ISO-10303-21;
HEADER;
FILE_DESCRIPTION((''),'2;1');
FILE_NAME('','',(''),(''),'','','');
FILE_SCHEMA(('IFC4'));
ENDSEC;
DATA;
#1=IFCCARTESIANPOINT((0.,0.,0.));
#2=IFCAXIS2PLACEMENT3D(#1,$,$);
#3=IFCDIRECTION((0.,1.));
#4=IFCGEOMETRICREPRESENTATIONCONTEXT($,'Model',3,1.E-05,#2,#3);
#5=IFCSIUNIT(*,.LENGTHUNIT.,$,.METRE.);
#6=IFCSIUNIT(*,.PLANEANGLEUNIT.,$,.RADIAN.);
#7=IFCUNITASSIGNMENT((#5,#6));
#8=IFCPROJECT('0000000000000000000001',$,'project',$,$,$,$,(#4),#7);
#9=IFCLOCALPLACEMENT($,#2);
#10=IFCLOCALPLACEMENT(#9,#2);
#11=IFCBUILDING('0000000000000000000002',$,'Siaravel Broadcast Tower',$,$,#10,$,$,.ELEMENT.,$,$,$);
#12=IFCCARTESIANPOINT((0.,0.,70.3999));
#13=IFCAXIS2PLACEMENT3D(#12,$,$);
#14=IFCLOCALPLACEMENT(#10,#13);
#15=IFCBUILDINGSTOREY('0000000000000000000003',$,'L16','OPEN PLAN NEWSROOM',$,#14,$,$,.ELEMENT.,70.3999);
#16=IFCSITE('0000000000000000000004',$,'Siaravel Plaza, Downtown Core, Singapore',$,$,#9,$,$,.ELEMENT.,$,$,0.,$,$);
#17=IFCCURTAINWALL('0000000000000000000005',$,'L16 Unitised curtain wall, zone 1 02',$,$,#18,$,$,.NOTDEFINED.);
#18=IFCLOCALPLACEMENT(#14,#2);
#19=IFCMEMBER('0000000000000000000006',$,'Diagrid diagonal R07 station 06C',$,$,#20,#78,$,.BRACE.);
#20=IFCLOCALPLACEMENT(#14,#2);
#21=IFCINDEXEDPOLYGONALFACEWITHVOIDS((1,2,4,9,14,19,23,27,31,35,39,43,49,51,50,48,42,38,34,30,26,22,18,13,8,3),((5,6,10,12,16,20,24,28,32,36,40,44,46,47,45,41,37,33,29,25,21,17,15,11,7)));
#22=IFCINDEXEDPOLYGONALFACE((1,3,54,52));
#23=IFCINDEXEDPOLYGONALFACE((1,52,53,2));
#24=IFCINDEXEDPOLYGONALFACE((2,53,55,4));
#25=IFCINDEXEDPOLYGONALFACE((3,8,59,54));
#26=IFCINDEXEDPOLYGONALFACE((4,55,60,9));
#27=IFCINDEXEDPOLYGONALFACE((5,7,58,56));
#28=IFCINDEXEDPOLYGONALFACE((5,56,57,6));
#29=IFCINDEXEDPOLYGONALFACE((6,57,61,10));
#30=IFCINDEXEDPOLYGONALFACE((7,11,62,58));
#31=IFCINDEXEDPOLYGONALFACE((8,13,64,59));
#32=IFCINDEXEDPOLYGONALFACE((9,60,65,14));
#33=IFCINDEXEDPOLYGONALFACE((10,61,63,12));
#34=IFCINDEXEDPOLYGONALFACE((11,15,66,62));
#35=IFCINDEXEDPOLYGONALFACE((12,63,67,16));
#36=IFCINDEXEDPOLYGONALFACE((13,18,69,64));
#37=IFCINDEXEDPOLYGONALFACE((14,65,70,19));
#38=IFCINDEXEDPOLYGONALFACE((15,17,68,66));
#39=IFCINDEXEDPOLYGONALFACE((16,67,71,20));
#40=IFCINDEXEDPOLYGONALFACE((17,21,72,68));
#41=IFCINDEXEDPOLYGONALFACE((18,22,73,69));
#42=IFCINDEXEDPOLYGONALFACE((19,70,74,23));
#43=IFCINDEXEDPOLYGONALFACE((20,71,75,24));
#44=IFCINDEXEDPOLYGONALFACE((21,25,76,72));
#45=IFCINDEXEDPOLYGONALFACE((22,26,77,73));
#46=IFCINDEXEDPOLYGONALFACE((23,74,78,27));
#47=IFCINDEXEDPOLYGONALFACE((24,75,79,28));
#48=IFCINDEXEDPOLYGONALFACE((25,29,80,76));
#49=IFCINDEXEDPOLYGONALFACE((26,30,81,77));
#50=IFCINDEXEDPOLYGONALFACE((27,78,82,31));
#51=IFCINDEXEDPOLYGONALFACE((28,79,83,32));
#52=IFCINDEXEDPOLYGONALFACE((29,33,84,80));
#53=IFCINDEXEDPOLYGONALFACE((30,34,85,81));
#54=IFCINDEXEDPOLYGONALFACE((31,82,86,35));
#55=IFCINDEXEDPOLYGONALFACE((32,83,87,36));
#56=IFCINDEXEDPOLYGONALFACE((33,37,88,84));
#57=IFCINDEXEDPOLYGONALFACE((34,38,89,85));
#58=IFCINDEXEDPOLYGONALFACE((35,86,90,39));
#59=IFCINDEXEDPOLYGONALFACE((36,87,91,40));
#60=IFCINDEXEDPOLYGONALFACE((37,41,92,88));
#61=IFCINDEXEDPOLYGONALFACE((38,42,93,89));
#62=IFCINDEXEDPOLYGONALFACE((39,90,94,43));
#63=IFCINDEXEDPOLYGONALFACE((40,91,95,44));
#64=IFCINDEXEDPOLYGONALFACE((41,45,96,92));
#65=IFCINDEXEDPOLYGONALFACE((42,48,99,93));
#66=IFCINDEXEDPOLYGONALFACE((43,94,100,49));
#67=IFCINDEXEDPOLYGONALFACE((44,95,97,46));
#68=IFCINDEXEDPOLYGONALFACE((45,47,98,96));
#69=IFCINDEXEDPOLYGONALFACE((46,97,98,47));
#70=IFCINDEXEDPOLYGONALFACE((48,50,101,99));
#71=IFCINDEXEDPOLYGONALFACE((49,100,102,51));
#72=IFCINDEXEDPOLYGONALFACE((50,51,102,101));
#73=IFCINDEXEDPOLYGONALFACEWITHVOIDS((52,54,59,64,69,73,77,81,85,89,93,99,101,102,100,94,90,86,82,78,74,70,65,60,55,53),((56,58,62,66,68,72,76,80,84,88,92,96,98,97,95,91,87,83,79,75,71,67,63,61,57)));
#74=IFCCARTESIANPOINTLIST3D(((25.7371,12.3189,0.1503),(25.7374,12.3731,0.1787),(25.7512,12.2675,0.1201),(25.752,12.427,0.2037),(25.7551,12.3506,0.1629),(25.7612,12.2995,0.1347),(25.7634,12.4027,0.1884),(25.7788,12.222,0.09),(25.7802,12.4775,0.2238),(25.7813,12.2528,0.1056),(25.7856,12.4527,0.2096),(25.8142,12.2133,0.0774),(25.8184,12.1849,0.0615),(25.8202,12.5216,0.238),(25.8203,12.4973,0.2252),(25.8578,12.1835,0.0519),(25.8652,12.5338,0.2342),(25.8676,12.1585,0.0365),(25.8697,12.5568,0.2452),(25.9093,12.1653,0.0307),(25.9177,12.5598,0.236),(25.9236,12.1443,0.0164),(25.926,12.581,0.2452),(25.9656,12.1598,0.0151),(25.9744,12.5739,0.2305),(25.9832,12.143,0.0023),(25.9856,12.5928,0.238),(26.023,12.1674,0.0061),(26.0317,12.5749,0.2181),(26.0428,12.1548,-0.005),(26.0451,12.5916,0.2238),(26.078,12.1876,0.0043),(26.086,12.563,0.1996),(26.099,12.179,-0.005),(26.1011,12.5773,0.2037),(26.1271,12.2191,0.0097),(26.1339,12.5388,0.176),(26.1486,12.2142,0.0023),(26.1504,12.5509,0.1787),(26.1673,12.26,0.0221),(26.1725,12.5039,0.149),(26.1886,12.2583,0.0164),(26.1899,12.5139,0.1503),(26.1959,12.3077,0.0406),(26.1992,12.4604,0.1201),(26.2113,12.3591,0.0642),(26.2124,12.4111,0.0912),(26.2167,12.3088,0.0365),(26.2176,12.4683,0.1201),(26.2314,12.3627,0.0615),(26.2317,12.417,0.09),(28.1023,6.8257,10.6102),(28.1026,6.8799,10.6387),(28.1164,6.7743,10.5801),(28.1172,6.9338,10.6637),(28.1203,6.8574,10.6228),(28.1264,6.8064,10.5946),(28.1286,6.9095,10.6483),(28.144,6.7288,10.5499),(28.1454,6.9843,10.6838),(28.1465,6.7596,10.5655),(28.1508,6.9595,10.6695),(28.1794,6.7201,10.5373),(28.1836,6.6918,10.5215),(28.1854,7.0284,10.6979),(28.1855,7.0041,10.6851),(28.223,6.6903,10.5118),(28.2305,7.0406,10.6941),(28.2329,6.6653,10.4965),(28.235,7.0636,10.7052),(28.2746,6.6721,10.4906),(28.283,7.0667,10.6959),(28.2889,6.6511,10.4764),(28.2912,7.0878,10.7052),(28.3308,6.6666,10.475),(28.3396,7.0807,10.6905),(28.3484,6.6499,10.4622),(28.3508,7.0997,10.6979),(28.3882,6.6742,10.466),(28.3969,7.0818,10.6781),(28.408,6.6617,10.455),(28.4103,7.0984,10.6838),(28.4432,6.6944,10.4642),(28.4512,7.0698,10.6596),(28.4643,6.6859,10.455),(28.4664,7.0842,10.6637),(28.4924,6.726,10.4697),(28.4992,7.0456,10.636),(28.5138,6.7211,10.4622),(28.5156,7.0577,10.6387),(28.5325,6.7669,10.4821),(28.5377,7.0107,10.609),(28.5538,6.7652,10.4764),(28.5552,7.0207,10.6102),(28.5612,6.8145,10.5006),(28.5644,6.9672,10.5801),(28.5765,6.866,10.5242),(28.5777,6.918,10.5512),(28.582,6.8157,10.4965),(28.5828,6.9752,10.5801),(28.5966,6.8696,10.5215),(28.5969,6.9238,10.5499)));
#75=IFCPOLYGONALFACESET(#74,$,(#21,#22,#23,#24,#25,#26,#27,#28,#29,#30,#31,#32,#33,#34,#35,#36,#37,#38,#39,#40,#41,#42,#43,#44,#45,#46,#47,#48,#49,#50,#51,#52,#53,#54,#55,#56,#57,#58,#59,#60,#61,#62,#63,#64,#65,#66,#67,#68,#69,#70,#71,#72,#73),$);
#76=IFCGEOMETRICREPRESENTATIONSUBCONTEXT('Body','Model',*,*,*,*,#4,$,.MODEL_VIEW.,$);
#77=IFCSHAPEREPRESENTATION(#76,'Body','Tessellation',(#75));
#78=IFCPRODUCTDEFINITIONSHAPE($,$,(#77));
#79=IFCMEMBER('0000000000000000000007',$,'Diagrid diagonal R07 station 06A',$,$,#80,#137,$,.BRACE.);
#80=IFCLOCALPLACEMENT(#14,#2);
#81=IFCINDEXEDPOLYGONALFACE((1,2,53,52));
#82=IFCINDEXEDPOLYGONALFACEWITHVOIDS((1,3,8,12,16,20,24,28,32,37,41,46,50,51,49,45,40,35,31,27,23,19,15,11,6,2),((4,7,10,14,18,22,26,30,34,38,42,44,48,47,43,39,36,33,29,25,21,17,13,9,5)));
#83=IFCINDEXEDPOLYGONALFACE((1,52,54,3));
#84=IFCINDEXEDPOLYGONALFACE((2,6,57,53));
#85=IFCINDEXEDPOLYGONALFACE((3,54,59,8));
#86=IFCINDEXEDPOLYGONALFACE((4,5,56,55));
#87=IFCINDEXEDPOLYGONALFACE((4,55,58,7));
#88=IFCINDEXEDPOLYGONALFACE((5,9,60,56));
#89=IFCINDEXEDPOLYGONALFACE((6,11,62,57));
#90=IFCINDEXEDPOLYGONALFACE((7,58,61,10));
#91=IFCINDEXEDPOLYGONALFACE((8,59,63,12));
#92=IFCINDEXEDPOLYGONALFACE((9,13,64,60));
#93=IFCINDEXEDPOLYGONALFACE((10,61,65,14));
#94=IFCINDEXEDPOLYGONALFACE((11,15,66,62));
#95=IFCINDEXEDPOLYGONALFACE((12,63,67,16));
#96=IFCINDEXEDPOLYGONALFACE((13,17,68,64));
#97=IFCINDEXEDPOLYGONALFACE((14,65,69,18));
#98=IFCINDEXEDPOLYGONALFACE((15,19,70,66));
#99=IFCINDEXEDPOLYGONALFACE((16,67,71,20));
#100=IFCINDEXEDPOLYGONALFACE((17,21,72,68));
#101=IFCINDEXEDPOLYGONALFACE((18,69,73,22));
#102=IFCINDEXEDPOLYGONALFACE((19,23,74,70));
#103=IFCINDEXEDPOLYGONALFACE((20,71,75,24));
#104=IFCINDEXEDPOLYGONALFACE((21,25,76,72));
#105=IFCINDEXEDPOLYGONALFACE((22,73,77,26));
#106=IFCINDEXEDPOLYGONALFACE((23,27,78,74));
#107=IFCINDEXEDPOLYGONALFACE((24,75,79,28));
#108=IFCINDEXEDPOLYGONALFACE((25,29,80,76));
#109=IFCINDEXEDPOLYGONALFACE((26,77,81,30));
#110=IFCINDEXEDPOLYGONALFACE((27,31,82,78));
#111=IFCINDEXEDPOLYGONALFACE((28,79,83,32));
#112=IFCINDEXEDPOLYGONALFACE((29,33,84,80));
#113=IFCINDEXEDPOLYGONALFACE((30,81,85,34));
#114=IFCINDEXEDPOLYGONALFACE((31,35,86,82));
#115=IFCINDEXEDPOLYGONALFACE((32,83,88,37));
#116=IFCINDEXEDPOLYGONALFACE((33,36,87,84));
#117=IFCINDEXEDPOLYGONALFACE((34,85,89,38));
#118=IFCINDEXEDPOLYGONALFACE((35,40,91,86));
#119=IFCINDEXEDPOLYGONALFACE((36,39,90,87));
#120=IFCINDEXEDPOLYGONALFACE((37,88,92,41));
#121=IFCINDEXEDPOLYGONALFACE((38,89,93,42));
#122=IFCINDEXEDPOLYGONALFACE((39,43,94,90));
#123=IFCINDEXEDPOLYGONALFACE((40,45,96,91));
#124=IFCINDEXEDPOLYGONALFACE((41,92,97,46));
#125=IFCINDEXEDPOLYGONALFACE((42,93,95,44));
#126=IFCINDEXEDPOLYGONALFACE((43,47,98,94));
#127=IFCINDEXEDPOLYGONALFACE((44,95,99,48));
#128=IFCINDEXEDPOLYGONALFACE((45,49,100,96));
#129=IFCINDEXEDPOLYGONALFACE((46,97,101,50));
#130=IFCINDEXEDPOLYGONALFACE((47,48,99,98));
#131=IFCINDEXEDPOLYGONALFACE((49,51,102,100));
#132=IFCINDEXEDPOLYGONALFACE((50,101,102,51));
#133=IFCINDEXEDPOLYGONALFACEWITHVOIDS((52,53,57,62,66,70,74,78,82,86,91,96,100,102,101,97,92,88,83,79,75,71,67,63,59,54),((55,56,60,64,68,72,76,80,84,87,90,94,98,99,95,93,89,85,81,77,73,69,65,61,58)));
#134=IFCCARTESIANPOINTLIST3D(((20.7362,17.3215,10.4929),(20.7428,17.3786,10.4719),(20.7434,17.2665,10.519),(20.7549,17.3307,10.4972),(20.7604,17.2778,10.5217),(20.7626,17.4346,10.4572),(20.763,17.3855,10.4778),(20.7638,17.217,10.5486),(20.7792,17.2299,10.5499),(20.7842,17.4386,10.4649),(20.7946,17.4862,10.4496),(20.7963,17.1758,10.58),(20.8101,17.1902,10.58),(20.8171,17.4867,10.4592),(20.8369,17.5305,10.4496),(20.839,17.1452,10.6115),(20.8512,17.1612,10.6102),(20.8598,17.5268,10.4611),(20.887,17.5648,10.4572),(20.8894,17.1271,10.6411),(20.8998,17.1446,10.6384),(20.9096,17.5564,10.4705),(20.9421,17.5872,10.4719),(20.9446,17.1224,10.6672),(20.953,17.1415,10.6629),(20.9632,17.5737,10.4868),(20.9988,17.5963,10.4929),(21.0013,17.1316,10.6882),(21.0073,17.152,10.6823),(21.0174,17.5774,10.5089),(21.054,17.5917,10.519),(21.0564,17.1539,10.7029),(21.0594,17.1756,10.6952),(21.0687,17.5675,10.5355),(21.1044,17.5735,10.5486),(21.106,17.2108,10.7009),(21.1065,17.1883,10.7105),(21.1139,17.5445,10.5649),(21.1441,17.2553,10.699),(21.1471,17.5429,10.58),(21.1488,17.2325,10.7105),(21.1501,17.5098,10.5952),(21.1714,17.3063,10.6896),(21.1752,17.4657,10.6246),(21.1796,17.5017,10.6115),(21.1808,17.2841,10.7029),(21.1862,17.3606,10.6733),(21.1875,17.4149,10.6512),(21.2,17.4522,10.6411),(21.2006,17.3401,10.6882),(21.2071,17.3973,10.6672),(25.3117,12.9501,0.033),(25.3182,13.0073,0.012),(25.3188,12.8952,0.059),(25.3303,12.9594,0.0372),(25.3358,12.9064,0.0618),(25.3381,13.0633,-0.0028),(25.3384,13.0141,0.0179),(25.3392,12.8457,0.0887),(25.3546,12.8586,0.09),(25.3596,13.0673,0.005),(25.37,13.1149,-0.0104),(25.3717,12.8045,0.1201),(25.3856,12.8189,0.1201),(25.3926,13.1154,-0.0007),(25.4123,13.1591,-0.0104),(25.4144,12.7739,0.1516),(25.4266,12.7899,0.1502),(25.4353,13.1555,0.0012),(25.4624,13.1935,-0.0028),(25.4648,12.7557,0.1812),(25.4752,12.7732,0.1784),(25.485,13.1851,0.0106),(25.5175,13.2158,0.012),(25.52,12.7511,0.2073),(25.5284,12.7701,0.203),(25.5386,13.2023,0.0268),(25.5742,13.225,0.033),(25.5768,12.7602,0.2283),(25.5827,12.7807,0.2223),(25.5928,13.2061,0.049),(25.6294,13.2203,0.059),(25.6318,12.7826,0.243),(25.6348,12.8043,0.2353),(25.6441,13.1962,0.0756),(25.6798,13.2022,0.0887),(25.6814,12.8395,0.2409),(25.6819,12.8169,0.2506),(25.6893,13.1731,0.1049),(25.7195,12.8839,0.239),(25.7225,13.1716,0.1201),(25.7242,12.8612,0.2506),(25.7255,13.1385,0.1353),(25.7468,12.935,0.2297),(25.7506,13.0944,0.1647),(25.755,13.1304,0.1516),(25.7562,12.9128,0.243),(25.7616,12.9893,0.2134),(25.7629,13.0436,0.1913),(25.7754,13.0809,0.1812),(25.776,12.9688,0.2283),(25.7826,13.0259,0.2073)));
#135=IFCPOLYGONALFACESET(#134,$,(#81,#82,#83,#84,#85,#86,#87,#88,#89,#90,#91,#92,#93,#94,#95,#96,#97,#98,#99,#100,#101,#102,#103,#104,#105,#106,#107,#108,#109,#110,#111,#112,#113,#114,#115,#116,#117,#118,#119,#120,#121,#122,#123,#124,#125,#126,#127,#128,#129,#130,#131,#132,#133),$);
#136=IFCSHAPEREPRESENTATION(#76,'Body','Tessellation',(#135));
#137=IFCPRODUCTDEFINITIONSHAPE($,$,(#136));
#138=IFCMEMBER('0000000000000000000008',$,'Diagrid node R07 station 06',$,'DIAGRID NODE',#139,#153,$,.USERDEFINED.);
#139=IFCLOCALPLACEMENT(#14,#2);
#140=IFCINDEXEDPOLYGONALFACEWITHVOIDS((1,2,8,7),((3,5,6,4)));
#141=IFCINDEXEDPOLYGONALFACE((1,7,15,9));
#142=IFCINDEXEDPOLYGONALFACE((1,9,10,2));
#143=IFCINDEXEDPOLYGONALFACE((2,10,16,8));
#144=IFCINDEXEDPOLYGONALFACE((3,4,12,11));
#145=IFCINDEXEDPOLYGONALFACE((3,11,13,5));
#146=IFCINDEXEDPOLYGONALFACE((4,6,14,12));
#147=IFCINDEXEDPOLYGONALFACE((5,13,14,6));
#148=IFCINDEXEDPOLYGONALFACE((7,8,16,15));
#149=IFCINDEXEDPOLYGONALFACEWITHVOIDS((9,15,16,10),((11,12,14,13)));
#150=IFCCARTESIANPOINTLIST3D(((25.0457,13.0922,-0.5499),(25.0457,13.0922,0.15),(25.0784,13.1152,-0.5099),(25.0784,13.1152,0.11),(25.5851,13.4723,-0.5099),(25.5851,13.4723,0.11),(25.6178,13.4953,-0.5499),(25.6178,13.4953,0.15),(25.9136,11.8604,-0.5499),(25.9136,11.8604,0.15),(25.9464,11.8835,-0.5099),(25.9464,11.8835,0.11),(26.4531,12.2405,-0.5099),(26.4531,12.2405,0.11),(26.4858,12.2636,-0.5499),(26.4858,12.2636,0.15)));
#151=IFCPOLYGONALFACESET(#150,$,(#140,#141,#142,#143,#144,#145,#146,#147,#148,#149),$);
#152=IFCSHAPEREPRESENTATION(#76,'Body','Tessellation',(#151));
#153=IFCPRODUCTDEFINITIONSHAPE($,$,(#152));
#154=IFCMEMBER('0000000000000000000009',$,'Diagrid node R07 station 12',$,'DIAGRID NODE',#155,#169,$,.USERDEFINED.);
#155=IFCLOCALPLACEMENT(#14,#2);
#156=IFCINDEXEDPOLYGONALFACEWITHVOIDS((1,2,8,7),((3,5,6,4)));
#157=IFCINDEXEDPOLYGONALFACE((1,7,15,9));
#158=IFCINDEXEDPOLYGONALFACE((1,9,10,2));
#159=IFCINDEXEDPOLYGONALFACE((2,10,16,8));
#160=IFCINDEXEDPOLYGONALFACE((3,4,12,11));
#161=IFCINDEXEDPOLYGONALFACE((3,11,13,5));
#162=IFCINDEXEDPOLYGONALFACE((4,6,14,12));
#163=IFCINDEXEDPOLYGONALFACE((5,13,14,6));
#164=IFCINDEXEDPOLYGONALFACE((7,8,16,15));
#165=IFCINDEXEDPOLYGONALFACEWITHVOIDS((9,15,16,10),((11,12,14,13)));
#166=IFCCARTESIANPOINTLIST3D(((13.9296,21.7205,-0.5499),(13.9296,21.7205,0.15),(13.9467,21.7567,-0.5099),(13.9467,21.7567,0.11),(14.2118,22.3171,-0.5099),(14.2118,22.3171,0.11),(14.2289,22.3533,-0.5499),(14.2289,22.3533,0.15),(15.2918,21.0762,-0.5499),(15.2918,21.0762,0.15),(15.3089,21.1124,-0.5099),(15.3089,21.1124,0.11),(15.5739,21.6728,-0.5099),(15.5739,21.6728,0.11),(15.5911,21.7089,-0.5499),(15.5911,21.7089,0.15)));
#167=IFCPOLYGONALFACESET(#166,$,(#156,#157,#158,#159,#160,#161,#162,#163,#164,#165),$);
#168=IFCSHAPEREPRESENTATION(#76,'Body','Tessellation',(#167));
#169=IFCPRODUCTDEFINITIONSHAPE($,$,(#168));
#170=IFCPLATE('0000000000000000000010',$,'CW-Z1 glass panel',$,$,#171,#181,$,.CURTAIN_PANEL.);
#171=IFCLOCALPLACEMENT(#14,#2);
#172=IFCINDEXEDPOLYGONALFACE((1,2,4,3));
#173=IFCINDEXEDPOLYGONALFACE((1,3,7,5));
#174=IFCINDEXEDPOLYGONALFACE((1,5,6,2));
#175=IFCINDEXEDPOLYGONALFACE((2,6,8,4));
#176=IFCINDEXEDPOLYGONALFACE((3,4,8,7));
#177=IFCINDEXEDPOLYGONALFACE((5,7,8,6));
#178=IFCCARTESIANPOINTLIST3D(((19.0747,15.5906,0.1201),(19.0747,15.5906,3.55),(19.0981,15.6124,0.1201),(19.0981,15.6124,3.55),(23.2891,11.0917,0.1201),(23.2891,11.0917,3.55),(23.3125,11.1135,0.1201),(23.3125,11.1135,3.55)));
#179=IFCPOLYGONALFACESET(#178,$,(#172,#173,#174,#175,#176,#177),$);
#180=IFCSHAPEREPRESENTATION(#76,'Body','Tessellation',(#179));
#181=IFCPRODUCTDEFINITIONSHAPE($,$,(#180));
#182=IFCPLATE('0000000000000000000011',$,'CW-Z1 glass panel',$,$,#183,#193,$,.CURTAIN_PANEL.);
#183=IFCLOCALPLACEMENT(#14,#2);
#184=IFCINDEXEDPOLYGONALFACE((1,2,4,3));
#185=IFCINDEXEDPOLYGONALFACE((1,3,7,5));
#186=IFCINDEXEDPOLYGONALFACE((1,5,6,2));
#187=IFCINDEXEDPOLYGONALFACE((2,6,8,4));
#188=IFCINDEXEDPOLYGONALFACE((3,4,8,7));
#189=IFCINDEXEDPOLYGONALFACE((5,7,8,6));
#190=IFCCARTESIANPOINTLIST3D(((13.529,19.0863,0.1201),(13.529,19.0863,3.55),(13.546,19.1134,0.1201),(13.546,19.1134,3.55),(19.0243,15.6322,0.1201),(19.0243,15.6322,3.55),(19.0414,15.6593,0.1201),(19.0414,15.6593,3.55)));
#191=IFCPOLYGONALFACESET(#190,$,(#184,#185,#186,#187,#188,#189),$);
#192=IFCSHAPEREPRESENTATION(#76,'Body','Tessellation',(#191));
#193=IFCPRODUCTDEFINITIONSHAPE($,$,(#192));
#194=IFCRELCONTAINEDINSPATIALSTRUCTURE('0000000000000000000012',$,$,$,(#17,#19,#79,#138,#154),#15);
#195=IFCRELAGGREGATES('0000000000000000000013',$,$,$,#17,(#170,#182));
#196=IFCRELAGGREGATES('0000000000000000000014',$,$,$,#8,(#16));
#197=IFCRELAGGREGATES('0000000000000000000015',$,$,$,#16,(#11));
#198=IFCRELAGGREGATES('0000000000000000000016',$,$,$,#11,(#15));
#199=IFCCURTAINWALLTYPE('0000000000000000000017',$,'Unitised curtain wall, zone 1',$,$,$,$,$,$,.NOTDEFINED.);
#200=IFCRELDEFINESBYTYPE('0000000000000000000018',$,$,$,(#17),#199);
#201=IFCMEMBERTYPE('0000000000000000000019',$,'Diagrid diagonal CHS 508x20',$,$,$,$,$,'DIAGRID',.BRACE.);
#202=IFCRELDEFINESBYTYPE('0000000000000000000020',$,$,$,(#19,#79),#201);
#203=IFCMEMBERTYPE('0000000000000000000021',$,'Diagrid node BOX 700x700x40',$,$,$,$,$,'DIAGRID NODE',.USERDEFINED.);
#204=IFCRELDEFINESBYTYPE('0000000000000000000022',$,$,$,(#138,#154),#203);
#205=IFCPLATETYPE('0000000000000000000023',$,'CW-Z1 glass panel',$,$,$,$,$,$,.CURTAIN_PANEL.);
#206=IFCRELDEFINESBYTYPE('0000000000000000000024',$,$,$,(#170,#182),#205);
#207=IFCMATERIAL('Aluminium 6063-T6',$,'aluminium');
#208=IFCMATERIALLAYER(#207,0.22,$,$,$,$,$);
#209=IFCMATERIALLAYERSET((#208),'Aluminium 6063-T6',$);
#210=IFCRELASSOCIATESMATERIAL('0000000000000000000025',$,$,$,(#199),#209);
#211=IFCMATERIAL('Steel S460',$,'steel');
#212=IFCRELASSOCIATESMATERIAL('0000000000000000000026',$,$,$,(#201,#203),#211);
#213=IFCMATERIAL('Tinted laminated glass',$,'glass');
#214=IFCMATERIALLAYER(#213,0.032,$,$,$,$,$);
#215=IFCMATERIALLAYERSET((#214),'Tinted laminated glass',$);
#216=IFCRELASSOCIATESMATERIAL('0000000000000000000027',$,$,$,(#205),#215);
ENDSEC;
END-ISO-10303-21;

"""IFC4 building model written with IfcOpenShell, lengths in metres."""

from ifc_helpers import new_model, si_unit, direction, frame, origin, origin_2d, place, context, subcontext, project, spatial, rectangle, hollow_rectangle, hollow_circle, extrude, material, layer, layer_set, material_profile, profile_set, type_object, element, aggregate, save


model = new_model("IFC4")

# Units and contexts
model_context = context("Model", 3, precision=1e-05, world=origin(), true_north=direction((0.0, 1.0)))
body_context = subcontext(model_context, "Body", "Model", "MODEL_VIEW")
ifc_project = project(units=[si_unit("LENGTHUNIT", "METRE"), si_unit("PLANEANGLEUNIT", "RADIAN")], contexts=[model_context])

# Site, building, storey
site_placement = place(None, origin())
site = spatial("IfcSite", under=ifc_project, at=site_placement, Name="Siaravel Plaza, Downtown Core, Singapore", CompositionType="ELEMENT", RefElevation=0.0)
building_placement = place(site_placement, origin())
building = spatial("IfcBuilding", under=site, at=building_placement, Name="Siaravel Broadcast Tower", CompositionType="ELEMENT")
storey_placement = place(building_placement, frame((0.0, 0.0, 70.3999)))
storey = spatial("IfcBuildingStorey", under=building, at=storey_placement, Name="L16", Description="OPEN PLAN NEWSROOM", CompositionType="ELEMENT", Elevation=70.3999)

# Curtain wall
ifc_material_1 = material(Name="Aluminium 6063-T6", Category="aluminium")
ifc_layer_1 = layer(ifc_material_1, 0.22)
ifc_layer_set_1 = layer_set([ifc_layer_1], Name="Aluminium 6063-T6")
curtain_wall_type = type_object("IfcCurtainWallType", Name="Unitised curtain wall, zone 1", PredefinedType="NOTDEFINED", material=ifc_layer_set_1)
curtain_wall_placement = place(storey_placement, origin())
curtain_wall = element("IfcCurtainWall", 1, at=curtain_wall_placement, inside=storey, type_object=curtain_wall_type, Name="L16 Unitised curtain wall, zone 1 02", PredefinedType="NOTDEFINED")

# Members
ifc_material_2 = material(Name="Steel S460", Category="steel")
ifc_material_profile_1 = material_profile(ifc_material_2, hollow_circle(Radius=0.2539, WallThickness=0.02, at=origin_2d()))
ifc_profile_set_1 = profile_set([ifc_material_profile_1], Name="Steel S460")
member_type_1 = type_object("IfcMemberType", Name="Diagrid diagonal CHS 508x20", ElementType="DIAGRID", PredefinedType="BRACE", material=ifc_profile_set_1)
member_1_placement = place(storey_placement, frame((25.9844, 12.3679, 0.1201), z_axis=(0.1963, -0.4559, 0.868114), x_axis=(0.918476, 0.395476, 0.0)))
element("IfcMember", 2, at=member_1_placement, inside=storey, type_object=member_type_1, Name="Diagrid diagonal R07 station 06C", PredefinedType="BRACE", context=body_context, shape_type="SweptSolid", body=[
    extrude(hollow_circle(Radius=0.2539, WallThickness=0.02, at=origin_2d()), origin(), (0.0, 0.0, 1.0), 12.0491),
])
member_2_placement = place(storey_placement, frame((25.5471, 12.988, 0.1201), z_axis=(-0.374265, 0.35757, 0.855611), x_axis=(-0.690796, -0.72305, 0.0)))
element("IfcMember", 3, at=member_2_placement, inside=storey, type_object=member_type_1, Name="Diagrid diagonal R07 station 06A", PredefinedType="BRACE", context=body_context, shape_type="SweptSolid", body=[
    extrude(hollow_circle(Radius=0.2539, WallThickness=0.02, at=origin_2d()), origin(), (0.0, 0.0, 1.0), 12.2251),
])
ifc_material_profile_2 = material_profile(ifc_material_2, hollow_rectangle(XDim=0.7, YDim=0.7, WallThickness=0.04, at=origin_2d()))
ifc_profile_set_2 = profile_set([ifc_material_profile_2], Name="Steel S460")
member_type_2 = type_object("IfcMemberType", Name="Diagrid node BOX 700x700x40", ElementType="DIAGRID NODE", PredefinedType="USERDEFINED", material=ifc_profile_set_2)
for number, where, z_axis, x_axis, name in (
    (4, (26.1997, 12.062, -0.2), (-0.576015, 0.817439, 0.0), (-0.817439, -0.576015, 0.0), "Diagrid node R07 station 06"),
    (5, (15.4414, 21.3926, -0.2), (-0.903969, 0.427599, 0.0), (-0.427599, -0.903969, 0.0), "Diagrid node R07 station 12"),
):
    element("IfcMember", number, at=place(storey_placement, frame(where, z_axis=z_axis, x_axis=x_axis)), inside=storey, type_object=member_type_2, Name=name, ObjectType="DIAGRID NODE", PredefinedType="USERDEFINED", context=body_context, shape_type="SweptSolid", body=[
        extrude(hollow_rectangle(XDim=0.7, YDim=0.7, WallThickness=0.04, at=origin_2d()), origin(), (0.0, 0.0, 1.0), 1.5068),
    ])

# Plates
ifc_material_3 = material(Name="Tinted laminated glass", Category="glass")
ifc_layer_2 = layer(ifc_material_3, 0.032)
ifc_layer_set_2 = layer_set([ifc_layer_2], Name="Tinted laminated glass")
plate_type = type_object("IfcPlateType", Name="CW-Z1 glass panel", PredefinedType="CURTAIN_PANEL", material=ifc_layer_set_2)
plate_1_placement = place(storey_placement, frame((21.1936, 13.3521, 0.1201), z_axis=(0.0, 0.0, 1.0), x_axis=(-0.683655, 0.729806, 0.0)))
plate_1 = element("IfcPlate", 6, at=plate_1_placement, type_object=plate_type, Name="CW-Z1 glass panel", PredefinedType="CURTAIN_PANEL", context=body_context, shape_type="SweptSolid", body=[
    extrude(rectangle(XDim=6.1646, YDim=0.032, at=origin_2d()), origin(), (0.0, 0.0, 1.0), 3.4299),
])
plate_2_placement = place(storey_placement, frame((16.2852, 17.3728, 0.1201), z_axis=(0.0, 0.0, 1.0), x_axis=(-0.84665, 0.53215, 0.0)))
plate_2 = element("IfcPlate", 7, at=plate_2_placement, type_object=plate_type, Name="CW-Z1 glass panel", PredefinedType="CURTAIN_PANEL", context=body_context, shape_type="SweptSolid", body=[
    extrude(rectangle(XDim=6.4907, YDim=0.032, at=origin_2d()), origin(), (0.0, 0.0, 1.0), 3.4299),
])
aggregate(curtain_wall, [plate_1, plate_2])

save(model, "model.ifc")
